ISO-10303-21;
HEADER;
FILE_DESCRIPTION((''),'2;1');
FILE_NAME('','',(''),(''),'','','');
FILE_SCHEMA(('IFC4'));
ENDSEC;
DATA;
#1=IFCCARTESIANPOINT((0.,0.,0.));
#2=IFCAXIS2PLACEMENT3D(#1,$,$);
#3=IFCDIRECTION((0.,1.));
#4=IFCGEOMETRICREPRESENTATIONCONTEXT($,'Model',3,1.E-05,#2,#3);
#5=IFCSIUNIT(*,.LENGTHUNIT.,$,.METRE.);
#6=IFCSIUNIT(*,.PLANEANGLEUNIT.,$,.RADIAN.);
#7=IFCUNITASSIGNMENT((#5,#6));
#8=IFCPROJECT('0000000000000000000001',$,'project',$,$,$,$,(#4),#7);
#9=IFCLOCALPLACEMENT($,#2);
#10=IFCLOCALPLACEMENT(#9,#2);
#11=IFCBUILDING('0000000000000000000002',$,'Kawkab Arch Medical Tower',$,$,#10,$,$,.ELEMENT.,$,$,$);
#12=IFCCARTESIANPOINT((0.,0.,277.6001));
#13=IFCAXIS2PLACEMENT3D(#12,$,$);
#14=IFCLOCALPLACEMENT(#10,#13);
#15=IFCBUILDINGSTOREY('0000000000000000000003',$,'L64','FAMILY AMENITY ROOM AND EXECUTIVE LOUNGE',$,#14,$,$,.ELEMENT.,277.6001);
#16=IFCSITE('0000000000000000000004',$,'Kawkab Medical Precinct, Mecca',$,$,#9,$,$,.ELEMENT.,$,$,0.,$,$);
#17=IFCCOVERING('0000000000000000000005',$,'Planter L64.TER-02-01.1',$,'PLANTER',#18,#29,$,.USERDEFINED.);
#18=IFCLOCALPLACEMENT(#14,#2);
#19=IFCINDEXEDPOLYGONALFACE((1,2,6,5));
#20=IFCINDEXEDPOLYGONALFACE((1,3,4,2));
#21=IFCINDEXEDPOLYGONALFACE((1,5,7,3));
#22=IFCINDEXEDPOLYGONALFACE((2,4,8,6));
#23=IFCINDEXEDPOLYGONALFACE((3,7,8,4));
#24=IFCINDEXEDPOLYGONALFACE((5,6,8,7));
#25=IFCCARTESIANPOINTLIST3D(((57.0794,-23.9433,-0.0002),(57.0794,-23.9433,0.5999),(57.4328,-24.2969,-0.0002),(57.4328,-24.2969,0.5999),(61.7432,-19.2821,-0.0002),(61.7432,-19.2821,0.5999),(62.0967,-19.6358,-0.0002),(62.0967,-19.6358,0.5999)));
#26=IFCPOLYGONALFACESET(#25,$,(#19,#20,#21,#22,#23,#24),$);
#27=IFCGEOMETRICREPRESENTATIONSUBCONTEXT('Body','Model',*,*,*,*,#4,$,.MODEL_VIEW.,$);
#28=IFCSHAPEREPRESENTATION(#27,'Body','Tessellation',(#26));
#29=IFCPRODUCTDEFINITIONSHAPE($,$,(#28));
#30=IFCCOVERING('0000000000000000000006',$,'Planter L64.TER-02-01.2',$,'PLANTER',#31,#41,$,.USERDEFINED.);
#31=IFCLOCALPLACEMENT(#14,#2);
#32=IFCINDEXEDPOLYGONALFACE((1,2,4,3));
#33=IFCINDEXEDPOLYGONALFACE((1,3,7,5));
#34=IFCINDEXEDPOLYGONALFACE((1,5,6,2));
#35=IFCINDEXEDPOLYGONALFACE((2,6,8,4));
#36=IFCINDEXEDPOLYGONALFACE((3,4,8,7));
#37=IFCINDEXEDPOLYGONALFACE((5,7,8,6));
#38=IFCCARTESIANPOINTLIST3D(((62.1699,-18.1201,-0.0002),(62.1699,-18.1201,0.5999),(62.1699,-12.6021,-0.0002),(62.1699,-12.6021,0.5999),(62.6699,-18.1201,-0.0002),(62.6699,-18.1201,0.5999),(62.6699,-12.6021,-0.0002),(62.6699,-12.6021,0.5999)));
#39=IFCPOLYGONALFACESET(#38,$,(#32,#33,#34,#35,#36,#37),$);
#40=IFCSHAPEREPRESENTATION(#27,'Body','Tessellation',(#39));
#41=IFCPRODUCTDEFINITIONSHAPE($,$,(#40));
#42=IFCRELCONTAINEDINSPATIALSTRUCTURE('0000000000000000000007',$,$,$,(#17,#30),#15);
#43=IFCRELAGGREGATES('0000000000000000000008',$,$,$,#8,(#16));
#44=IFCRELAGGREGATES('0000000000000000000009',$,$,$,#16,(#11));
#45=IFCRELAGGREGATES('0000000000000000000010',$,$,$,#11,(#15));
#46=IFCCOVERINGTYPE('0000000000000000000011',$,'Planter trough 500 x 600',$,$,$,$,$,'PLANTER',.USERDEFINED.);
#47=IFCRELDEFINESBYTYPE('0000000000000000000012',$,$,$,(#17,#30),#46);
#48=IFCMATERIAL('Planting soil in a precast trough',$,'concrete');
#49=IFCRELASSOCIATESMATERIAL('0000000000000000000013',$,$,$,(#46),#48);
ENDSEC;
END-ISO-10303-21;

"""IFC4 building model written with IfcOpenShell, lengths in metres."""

from ifc_helpers import new_model, si_unit, direction, frame, origin, origin_2d, place, context, subcontext, project, spatial, rectangle, extrude, material, material_profile, profile_set, type_object, element, save


model = new_model("IFC4")

# Units and contexts
model_context = context("Model", 3, precision=1e-05, world=origin(), true_north=direction((0.0, 1.0)))
body_context = subcontext(model_context, "Body", "Model", "MODEL_VIEW")
ifc_project = project(units=[si_unit("LENGTHUNIT", "METRE"), si_unit("PLANEANGLEUNIT", "RADIAN")], contexts=[model_context])

# Site, building, storey
site_placement = place(None, origin())
site = spatial("IfcSite", under=ifc_project, at=site_placement, Name="Kawkab Medical Precinct, Mecca", CompositionType="ELEMENT", RefElevation=0.0)
building_placement = place(site_placement, origin())
building = spatial("IfcBuilding", under=site, at=building_placement, Name="Kawkab Arch Medical Tower", CompositionType="ELEMENT")
storey_placement = place(building_placement, frame((0.0, 0.0, 277.6001)))
storey = spatial("IfcBuildingStorey", under=building, at=storey_placement, Name="L64", Description="FAMILY AMENITY ROOM AND EXECUTIVE LOUNGE", CompositionType="ELEMENT", Elevation=277.6001)

# Coverings
ifc_material_1 = material(Name="Planting soil in a precast trough", Category="concrete")
ifc_material_profile_1 = material_profile(ifc_material_1, rectangle(XDim=0.5, YDim=0.6001, at=origin_2d()), Name="Trough 500x600")
ifc_profile_set_1 = profile_set([ifc_material_profile_1], Name="Planting soil in a precast trough")
covering_type = type_object("IfcCoveringType", Name="Planter trough 500 x 600", ElementType="PLANTER", PredefinedType="USERDEFINED", material=ifc_profile_set_1)
covering_1_placement = place(storey_placement, frame((57.2561, -24.1201, 0.2998), z_axis=(0.70731, 0.706903, 0.0), x_axis=(-0.706903, 0.70731, 0.0)))
element("IfcCovering", 1, at=covering_1_placement, inside=storey, type_object=covering_type, Name="Planter L64.TER-02-01.1", ObjectType="PLANTER", PredefinedType="USERDEFINED", context=body_context, shape_type="SweptSolid", body=[
    extrude(rectangle(XDim=0.5, YDim=0.6001, at=origin_2d()), origin(), (0.0, 0.0, 1.0), 6.5938),
])
covering_2_placement = place(storey_placement, frame((62.4199, -18.1201, 0.2998), z_axis=(0.0, 1.0, 0.0), x_axis=(-1.0, 0.0, 0.0)))
element("IfcCovering", 2, at=covering_2_placement, inside=storey, type_object=covering_type, Name="Planter L64.TER-02-01.2", ObjectType="PLANTER", PredefinedType="USERDEFINED", context=body_context, shape_type="SweptSolid", body=[
    extrude(rectangle(XDim=0.5, YDim=0.6001, at=origin_2d()), origin(), (0.0, 0.0, 1.0), 5.5181),
])

save(model, "model.ifc")
